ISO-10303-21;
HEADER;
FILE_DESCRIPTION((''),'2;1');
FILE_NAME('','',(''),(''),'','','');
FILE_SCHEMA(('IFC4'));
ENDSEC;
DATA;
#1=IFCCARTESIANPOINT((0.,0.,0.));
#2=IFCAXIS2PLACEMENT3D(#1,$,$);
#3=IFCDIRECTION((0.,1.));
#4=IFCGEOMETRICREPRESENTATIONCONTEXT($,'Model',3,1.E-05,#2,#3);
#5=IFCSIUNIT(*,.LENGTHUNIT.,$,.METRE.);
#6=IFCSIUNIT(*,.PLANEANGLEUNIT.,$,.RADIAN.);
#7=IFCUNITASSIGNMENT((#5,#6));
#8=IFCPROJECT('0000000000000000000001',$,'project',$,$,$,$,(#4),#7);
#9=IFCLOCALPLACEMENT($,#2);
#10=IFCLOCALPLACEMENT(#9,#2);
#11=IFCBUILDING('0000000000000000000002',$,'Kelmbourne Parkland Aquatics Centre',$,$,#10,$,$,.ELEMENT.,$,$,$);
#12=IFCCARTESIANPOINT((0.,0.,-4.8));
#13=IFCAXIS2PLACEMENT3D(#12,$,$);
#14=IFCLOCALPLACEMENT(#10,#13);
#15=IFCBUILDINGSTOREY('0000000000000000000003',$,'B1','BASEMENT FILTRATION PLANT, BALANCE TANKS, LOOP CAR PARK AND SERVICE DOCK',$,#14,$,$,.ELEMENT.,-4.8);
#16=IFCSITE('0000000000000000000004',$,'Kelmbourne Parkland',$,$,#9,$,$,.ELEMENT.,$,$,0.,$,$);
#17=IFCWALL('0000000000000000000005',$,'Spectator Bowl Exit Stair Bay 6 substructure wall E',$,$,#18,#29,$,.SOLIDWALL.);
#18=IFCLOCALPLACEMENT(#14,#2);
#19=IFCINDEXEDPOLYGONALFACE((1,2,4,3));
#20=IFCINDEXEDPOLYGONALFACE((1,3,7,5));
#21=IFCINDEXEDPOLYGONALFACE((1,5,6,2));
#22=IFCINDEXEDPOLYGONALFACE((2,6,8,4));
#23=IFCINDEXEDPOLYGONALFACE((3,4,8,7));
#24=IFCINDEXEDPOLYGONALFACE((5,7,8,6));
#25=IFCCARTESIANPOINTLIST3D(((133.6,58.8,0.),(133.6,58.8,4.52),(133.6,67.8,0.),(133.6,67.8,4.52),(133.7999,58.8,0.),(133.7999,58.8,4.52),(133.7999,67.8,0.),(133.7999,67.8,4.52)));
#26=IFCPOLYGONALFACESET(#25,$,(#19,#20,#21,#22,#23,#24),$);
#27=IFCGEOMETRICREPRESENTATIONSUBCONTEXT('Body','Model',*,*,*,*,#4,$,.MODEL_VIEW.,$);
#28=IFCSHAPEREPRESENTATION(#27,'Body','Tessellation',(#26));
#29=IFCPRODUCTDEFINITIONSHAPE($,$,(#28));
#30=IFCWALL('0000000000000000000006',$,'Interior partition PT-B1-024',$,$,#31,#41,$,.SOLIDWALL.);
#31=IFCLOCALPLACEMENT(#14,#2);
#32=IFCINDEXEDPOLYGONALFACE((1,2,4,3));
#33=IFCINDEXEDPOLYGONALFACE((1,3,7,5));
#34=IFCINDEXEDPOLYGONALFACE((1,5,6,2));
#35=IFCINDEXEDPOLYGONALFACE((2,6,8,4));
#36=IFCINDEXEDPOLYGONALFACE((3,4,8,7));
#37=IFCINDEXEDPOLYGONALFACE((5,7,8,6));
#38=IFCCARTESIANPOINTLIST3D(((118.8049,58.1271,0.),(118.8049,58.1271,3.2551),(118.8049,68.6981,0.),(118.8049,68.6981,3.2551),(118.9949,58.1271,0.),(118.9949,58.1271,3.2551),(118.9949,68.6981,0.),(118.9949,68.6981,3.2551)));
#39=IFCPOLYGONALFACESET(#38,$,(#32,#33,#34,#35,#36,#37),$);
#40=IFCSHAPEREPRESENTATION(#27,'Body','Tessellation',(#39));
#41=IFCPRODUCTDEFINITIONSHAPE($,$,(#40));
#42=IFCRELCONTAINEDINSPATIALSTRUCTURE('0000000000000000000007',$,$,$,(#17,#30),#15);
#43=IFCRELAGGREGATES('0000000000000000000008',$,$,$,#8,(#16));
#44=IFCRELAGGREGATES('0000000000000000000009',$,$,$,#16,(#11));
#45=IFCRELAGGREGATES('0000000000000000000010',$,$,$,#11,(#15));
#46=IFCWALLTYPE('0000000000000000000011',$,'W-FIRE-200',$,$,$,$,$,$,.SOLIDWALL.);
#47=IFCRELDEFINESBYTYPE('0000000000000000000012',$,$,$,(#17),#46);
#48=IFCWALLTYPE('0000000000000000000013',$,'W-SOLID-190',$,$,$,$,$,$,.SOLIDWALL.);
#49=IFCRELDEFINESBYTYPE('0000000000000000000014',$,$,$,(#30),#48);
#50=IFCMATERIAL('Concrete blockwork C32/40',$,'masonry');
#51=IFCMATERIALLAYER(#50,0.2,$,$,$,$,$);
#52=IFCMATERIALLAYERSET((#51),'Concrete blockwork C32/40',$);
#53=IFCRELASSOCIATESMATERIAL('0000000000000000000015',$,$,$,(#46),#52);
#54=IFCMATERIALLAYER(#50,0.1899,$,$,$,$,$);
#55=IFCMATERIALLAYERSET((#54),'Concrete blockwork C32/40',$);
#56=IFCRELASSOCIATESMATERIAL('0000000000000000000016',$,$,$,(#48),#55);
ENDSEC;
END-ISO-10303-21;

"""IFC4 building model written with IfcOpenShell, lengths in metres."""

from ifc_helpers import new_model, si_unit, direction, frame, frame_2d, origin, place, context, subcontext, project, spatial, rectangle, extrude, material, layer, layer_set, type_object, element, save


model = new_model("IFC4")

# Units and contexts
model_context = context("Model", 3, precision=1e-05, world=origin(), true_north=direction((0.0, 1.0)))
body_context = subcontext(model_context, "Body", "Model", "MODEL_VIEW")
ifc_project = project(units=[si_unit("LENGTHUNIT", "METRE"), si_unit("PLANEANGLEUNIT", "RADIAN")], contexts=[model_context])

# Site, building, storey
site_placement = place(None, origin())
site = spatial("IfcSite", under=ifc_project, at=site_placement, Name="Kelmbourne Parkland", CompositionType="ELEMENT", RefElevation=0.0)
building_placement = place(site_placement, origin())
building = spatial("IfcBuilding", under=site, at=building_placement, Name="Kelmbourne Parkland Aquatics Centre", CompositionType="ELEMENT")
storey_placement = place(building_placement, frame((0.0, 0.0, -4.8)))
storey = spatial("IfcBuildingStorey", under=building, at=storey_placement, Name="B1", Description="BASEMENT FILTRATION PLANT, BALANCE TANKS, LOOP CAR PARK AND SERVICE DOCK", CompositionType="ELEMENT", Elevation=-4.8)

# Walls
ifc_material_1 = material(Name="Concrete blockwork C32/40", Category="masonry")
ifc_layer_1 = layer(ifc_material_1, 0.2)
ifc_layer_set_1 = layer_set([ifc_layer_1], Name="Concrete blockwork C32/40")
wall_type_1 = type_object("IfcWallType", Name="W-FIRE-200", PredefinedType="SOLIDWALL", material=ifc_layer_set_1)
for number, where, z_axis, x_axis, name in (
    (1, (133.7, 58.8, 0.0), (0.0, 0.0, 1.0), (0.0, 1.0, 0.0), "Spectator Bowl Exit Stair Bay 6 substructure wall E"),
):
    element("IfcWall", number, at=place(storey_placement, frame(where, z_axis=z_axis, x_axis=x_axis)), inside=storey, type_object=wall_type_1, Name=name, PredefinedType="SOLIDWALL", context=body_context, shape_type="SweptSolid", body=[
        extrude(rectangle(XDim=9.0, YDim=0.2, at=frame_2d((4.5, 0.0))), origin(), (0.0, 0.0, 1.0), 4.52),
    ])
ifc_layer_2 = layer(ifc_material_1, 0.1899)
ifc_layer_set_2 = layer_set([ifc_layer_2], Name="Concrete blockwork C32/40")
wall_type_2 = type_object("IfcWallType", Name="W-SOLID-190", PredefinedType="SOLIDWALL", material=ifc_layer_set_2)
wall_placement = place(storey_placement, frame((118.8999, 58.127, 0.0), z_axis=(0.0, 0.0, 1.0), x_axis=(0.0, 1.0, 0.0)))
element("IfcWall", 2, at=wall_placement, inside=storey, type_object=wall_type_2, Name="Interior partition PT-B1-024", PredefinedType="SOLIDWALL", context=body_context, shape_type="SweptSolid", body=[
    extrude(rectangle(XDim=10.571, YDim=0.1899, at=frame_2d((5.2856, 0.0))), origin(), (0.0, 0.0, 1.0), 3.2551),
])

save(model, "model.ifc")
